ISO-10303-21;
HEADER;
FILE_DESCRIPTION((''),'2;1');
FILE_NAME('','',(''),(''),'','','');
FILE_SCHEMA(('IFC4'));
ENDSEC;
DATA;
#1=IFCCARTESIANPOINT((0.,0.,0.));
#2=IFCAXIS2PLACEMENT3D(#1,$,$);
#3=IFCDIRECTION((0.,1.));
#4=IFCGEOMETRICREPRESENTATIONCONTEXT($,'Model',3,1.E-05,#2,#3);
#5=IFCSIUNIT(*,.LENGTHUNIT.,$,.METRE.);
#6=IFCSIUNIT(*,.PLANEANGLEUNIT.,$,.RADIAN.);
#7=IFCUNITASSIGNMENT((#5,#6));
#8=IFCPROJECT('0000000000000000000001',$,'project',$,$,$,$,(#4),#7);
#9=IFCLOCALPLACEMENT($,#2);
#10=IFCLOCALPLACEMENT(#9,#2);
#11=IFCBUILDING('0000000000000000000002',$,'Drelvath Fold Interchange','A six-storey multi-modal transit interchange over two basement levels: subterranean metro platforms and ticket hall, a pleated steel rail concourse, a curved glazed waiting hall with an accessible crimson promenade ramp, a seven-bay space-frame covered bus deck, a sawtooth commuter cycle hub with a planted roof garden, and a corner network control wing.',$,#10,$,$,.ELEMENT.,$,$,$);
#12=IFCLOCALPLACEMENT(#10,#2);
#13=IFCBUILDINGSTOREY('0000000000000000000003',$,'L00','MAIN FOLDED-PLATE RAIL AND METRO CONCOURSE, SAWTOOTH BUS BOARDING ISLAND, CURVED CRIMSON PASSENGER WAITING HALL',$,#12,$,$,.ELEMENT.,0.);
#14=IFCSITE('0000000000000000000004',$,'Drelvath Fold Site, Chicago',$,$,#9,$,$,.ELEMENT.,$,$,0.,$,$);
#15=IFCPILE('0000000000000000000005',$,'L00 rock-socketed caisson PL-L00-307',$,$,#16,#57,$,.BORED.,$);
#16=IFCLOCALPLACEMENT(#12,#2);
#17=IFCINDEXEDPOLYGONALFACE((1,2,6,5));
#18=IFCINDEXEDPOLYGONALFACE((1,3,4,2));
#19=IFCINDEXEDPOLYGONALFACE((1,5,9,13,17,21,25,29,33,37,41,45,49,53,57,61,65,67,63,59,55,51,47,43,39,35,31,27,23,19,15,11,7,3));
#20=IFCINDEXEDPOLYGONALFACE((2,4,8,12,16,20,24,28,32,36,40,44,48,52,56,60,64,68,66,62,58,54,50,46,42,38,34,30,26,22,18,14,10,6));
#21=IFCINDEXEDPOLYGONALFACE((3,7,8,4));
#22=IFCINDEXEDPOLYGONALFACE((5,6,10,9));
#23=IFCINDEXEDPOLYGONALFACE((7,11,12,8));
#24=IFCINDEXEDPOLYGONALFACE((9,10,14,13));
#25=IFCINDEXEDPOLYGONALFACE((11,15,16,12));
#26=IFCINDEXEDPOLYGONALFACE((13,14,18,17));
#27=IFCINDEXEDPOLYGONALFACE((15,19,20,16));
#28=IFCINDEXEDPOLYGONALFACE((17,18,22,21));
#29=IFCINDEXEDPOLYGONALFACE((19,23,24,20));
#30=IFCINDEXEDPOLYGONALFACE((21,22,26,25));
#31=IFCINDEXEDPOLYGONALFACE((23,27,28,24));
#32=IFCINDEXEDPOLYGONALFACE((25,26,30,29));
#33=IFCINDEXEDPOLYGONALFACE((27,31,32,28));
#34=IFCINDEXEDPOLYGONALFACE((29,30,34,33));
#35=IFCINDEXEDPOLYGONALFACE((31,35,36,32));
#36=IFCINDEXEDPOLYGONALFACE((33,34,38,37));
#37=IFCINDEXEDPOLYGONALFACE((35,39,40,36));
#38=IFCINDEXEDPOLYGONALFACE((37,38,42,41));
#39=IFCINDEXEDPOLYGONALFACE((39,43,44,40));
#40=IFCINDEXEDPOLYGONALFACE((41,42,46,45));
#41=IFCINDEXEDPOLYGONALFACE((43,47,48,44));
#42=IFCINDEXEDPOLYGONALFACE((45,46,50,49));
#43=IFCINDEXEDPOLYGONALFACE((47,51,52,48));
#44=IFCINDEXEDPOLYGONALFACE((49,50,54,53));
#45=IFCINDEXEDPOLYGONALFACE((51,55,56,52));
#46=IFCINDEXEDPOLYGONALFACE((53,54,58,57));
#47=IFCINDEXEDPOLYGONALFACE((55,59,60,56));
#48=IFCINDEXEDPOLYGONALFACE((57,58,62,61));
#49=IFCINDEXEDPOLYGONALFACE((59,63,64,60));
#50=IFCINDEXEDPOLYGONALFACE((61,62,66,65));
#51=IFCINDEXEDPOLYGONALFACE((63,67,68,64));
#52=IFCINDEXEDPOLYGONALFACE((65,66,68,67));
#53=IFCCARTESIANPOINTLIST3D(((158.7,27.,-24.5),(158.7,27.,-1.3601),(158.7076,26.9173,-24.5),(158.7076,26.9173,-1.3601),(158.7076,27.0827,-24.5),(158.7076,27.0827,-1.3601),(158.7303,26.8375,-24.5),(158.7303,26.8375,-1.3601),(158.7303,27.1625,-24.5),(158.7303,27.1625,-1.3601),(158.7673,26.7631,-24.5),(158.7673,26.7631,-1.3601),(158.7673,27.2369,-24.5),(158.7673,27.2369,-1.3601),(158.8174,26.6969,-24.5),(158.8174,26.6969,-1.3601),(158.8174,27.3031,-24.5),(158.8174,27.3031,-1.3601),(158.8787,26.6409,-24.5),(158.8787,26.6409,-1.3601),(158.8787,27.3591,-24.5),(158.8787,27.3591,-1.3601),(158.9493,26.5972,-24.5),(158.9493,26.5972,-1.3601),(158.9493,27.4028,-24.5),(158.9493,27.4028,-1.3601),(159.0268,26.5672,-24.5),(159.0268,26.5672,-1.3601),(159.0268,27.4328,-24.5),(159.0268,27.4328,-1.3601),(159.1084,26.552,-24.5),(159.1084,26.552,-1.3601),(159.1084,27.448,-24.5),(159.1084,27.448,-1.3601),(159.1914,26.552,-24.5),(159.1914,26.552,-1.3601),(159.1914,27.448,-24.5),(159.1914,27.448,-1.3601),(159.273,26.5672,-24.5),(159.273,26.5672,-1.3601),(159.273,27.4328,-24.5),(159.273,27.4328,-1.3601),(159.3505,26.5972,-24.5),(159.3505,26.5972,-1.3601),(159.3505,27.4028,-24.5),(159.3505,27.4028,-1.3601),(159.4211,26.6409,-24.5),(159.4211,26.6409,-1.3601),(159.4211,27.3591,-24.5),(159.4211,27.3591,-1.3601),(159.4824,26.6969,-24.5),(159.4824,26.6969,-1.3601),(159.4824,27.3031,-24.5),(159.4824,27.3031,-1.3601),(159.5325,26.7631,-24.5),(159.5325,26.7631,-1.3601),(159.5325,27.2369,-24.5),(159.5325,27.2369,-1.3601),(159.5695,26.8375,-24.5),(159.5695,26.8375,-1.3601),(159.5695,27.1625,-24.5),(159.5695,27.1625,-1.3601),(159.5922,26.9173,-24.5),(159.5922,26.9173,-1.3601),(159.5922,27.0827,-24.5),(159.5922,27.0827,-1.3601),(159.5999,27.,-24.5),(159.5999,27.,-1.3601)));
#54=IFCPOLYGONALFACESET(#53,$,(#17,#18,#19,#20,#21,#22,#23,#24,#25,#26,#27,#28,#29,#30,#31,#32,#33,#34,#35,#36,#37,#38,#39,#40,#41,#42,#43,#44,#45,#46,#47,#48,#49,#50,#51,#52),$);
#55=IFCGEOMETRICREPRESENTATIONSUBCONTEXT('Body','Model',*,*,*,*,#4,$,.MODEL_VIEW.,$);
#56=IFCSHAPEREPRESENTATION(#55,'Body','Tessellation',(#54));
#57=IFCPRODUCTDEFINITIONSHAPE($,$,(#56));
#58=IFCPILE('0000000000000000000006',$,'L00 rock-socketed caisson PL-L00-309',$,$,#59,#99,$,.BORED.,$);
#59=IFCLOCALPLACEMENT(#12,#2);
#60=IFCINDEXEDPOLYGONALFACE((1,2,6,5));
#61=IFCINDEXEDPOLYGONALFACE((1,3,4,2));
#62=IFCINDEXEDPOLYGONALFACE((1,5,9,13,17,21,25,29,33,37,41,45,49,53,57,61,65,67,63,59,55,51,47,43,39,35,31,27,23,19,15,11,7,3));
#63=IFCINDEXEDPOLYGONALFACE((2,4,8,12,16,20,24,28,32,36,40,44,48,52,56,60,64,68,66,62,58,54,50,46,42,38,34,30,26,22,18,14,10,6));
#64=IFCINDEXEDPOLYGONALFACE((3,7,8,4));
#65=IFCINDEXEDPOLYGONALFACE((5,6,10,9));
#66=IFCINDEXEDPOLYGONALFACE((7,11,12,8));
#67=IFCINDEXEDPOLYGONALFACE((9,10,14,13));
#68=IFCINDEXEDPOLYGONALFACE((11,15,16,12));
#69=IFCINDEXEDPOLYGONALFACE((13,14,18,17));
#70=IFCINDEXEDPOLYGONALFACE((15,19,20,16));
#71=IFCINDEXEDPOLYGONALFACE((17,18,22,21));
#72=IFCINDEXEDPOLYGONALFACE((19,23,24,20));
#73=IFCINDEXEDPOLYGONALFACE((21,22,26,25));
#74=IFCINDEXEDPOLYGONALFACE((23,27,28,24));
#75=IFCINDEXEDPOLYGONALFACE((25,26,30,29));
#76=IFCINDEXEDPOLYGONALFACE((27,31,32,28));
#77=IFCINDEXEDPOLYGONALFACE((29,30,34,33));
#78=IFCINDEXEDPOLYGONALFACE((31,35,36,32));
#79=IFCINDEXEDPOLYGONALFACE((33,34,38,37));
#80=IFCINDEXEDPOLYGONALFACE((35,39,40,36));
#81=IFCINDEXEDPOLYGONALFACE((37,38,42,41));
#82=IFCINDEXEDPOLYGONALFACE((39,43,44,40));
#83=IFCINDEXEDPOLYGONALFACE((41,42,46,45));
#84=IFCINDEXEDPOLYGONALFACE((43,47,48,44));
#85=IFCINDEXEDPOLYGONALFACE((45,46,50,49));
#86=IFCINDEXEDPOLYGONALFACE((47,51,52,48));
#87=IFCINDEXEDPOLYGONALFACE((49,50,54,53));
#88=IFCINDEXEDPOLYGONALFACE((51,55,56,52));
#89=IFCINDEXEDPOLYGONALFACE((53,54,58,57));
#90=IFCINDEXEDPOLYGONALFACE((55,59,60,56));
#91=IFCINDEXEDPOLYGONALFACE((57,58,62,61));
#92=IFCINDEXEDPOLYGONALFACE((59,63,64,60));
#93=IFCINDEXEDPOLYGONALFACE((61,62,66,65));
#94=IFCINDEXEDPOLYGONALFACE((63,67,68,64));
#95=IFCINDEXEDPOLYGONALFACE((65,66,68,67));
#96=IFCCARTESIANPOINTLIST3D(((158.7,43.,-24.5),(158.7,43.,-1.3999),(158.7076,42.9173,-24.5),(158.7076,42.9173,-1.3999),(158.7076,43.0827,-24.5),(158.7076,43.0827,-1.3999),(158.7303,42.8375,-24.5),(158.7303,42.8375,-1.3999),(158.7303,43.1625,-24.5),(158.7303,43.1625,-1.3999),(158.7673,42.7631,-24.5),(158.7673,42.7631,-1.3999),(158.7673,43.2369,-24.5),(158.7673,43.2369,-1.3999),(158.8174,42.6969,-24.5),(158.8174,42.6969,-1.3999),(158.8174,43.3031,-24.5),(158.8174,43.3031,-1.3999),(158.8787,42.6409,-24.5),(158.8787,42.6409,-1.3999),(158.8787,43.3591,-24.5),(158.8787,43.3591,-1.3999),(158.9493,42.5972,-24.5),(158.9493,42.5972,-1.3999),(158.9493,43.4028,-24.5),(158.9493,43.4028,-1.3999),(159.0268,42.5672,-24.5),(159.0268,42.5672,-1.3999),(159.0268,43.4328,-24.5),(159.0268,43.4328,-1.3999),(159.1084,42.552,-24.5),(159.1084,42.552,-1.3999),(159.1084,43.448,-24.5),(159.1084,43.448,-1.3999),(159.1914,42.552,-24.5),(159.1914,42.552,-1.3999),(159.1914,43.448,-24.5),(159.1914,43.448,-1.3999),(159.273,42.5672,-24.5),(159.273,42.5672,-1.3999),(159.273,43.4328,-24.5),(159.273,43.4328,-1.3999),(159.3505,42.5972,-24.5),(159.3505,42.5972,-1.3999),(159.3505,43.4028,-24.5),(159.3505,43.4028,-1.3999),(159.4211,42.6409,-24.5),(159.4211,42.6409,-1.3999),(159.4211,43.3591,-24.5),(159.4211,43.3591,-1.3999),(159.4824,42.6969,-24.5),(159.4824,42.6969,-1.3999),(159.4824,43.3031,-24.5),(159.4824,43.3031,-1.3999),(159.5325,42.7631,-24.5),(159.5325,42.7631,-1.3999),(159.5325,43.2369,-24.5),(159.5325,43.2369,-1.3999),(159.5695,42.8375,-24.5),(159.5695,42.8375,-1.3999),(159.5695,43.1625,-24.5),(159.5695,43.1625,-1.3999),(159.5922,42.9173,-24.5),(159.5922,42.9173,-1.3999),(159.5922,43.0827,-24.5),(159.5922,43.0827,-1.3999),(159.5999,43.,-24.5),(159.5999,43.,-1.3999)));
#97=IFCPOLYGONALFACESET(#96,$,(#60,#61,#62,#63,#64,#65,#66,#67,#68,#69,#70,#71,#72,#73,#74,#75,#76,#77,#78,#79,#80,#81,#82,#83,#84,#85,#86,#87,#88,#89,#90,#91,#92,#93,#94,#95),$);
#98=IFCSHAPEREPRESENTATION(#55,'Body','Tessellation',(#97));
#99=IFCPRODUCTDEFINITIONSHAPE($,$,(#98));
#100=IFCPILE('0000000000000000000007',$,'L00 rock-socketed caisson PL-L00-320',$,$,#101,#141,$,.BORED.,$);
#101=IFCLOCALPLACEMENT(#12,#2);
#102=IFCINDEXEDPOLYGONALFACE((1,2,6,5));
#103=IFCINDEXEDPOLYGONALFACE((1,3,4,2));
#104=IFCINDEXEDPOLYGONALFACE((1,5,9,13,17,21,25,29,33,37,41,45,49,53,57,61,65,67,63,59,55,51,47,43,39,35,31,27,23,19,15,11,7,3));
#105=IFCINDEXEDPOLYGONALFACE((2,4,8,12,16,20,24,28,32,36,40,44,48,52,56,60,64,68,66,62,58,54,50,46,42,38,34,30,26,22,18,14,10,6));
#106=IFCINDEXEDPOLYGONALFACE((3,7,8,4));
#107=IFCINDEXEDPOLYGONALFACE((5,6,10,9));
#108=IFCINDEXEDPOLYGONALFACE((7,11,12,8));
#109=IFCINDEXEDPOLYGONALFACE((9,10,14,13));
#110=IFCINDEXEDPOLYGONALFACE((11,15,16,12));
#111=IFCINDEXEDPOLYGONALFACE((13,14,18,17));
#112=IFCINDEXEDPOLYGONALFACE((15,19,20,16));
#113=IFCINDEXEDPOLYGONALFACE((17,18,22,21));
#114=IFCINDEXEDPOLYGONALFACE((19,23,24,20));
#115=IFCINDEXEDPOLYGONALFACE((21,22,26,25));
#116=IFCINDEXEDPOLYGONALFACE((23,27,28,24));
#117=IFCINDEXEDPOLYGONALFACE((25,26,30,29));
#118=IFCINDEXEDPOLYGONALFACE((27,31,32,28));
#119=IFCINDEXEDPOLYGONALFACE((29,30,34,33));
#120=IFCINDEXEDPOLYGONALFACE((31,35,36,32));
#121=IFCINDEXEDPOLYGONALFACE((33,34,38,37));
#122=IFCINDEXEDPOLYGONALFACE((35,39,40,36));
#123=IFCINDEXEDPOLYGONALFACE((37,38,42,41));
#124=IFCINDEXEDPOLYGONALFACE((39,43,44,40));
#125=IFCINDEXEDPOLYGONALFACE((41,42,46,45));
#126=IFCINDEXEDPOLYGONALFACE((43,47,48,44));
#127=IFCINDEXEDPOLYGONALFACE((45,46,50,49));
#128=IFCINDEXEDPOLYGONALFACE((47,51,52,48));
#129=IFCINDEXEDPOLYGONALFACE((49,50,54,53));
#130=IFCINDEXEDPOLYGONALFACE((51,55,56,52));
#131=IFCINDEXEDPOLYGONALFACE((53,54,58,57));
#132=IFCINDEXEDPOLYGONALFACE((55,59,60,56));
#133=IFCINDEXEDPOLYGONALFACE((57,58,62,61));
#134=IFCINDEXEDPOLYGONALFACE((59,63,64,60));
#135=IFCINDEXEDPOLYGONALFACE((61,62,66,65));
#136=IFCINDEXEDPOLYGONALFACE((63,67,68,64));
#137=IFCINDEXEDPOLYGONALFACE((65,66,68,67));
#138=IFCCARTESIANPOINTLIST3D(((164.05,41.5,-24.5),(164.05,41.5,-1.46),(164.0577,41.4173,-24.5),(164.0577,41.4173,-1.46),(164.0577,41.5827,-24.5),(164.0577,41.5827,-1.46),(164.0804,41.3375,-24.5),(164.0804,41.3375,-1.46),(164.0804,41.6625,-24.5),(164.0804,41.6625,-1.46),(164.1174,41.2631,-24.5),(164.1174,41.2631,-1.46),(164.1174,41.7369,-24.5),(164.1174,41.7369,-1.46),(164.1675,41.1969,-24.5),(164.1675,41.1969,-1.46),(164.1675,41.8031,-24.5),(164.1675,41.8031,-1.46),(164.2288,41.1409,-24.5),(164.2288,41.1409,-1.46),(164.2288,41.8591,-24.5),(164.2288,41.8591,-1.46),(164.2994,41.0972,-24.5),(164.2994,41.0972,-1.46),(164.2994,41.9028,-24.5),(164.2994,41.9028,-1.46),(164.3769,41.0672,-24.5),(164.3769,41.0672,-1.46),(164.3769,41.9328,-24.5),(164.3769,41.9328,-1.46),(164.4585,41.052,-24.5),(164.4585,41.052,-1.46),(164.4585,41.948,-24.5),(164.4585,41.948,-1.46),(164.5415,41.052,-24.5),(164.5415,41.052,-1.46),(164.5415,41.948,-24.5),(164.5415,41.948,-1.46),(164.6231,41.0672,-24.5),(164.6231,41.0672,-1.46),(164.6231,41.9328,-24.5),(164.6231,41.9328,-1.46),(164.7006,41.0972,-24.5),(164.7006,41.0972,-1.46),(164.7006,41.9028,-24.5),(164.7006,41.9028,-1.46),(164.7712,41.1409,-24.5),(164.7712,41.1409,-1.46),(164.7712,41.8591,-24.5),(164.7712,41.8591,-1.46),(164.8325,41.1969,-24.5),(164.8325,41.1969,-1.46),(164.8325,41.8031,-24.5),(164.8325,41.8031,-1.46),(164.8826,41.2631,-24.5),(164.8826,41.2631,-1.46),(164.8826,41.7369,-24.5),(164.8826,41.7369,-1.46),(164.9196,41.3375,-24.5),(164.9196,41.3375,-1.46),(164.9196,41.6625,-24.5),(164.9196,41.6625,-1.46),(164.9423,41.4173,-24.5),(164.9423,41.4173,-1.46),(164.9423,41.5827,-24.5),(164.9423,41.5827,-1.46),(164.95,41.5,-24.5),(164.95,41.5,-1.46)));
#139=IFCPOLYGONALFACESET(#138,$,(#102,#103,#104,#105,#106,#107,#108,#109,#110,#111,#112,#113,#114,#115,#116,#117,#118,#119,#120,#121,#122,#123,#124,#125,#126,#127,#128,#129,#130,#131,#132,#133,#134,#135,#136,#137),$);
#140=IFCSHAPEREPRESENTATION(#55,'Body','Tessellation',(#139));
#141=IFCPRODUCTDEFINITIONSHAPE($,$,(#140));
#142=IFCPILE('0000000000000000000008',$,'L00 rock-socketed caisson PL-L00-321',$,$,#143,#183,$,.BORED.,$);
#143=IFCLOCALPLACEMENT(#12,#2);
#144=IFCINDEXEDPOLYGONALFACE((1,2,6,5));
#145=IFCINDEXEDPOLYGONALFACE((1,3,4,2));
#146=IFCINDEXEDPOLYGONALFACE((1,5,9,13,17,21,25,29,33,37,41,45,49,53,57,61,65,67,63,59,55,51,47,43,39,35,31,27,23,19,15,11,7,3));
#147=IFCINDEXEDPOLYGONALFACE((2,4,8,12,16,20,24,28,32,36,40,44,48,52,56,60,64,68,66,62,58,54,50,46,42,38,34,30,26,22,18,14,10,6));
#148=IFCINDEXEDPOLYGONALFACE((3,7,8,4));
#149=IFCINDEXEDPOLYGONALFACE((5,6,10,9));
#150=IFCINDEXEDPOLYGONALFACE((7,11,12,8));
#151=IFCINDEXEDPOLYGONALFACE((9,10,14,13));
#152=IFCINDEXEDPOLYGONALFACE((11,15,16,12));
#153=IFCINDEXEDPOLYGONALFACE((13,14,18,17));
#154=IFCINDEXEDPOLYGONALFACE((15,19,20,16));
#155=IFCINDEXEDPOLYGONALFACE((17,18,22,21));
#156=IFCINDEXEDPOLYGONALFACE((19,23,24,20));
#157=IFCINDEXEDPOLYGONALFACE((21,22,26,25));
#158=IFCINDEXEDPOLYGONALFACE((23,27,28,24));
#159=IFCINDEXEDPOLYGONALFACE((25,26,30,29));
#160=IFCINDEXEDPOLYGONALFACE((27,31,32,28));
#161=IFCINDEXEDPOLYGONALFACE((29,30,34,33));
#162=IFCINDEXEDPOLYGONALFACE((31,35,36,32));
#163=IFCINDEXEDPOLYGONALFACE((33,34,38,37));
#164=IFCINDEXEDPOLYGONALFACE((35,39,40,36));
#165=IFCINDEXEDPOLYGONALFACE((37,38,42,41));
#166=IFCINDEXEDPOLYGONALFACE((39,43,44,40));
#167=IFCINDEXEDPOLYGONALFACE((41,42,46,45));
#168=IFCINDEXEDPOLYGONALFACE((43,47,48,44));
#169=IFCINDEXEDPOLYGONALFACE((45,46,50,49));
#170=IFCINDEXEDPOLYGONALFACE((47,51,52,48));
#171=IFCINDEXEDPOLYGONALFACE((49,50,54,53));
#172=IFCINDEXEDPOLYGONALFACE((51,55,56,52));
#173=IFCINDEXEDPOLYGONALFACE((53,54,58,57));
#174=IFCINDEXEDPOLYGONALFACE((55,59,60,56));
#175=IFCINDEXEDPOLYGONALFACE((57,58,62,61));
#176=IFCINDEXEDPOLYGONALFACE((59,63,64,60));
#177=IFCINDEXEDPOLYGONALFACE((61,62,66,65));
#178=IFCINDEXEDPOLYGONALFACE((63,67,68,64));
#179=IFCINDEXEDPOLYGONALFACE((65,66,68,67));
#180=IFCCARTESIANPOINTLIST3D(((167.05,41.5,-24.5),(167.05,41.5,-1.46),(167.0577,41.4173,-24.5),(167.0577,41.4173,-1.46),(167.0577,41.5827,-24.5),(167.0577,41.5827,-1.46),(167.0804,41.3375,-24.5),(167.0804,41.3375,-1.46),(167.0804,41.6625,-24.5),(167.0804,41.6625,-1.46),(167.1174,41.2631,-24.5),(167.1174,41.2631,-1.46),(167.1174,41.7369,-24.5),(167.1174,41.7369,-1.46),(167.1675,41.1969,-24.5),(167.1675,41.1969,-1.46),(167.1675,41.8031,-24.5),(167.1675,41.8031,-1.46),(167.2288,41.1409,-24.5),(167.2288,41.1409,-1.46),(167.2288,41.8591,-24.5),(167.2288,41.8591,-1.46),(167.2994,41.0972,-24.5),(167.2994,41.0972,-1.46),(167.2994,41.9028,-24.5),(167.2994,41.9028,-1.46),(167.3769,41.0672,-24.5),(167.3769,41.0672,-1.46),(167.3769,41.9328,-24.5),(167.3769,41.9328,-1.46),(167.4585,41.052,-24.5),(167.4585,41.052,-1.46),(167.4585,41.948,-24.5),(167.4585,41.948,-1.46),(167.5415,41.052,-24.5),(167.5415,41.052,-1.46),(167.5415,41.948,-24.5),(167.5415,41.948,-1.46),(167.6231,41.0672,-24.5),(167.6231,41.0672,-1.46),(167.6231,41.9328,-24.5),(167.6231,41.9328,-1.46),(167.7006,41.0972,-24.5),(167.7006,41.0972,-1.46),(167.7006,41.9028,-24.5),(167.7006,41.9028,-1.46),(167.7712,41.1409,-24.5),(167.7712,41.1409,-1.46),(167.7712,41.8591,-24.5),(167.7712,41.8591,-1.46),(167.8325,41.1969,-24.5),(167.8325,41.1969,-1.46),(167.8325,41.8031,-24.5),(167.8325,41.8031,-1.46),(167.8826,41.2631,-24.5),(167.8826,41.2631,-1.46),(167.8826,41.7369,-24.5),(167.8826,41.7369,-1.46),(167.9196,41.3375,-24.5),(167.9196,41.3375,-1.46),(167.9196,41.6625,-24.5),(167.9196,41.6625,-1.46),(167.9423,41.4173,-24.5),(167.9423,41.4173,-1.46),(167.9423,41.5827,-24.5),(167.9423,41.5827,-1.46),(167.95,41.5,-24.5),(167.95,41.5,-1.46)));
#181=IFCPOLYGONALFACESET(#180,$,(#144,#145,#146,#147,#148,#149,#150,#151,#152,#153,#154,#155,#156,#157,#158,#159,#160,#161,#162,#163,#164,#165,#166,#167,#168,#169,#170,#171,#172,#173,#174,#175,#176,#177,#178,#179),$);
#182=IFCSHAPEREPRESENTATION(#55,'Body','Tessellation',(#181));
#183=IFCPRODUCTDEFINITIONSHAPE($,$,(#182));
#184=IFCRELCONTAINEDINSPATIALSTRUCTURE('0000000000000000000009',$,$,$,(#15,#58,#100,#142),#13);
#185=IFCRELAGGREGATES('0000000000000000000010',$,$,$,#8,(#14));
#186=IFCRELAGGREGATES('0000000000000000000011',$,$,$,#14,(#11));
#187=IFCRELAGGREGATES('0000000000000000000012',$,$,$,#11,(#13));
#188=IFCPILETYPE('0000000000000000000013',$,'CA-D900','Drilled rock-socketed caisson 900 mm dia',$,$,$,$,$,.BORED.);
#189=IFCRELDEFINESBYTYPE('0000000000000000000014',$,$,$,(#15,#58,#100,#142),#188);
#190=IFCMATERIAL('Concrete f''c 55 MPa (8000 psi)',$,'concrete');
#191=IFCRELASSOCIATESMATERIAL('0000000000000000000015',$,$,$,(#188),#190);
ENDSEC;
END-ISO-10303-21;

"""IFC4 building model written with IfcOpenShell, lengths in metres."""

from ifc_helpers import new_model, si_unit, direction, frame, origin, origin_2d, place, context, subcontext, project, spatial, circle, extrude, material, material_profile, profile_set, type_object, element, save


model = new_model("IFC4")

# Units and contexts
model_context = context("Model", 3, precision=1e-05, world=origin(), true_north=direction((0.0, 1.0)))
body_context = subcontext(model_context, "Body", "Model", "MODEL_VIEW")
ifc_project = project(units=[si_unit("LENGTHUNIT", "METRE"), si_unit("PLANEANGLEUNIT", "RADIAN")], contexts=[model_context])

# Site, building, storey
site_placement = place(None, origin())
site = spatial("IfcSite", under=ifc_project, at=site_placement, Name="Drelvath Fold Site, Chicago", CompositionType="ELEMENT", RefElevation=0.0)
building_placement = place(site_placement, origin())
building = spatial("IfcBuilding", under=site, at=building_placement, Name="Drelvath Fold Interchange", Description="A six-storey multi-modal transit interchange over two basement levels: subterranean metro platforms and ticket hall, a pleated steel rail concourse, a curved glazed waiting hall with an accessible crimson promenade ramp, a seven-bay space-frame covered bus deck, a sawtooth commuter cycle hub with a planted roof garden, and a corner network control wing.", CompositionType="ELEMENT")
storey_placement = place(building_placement, origin())
storey = spatial("IfcBuildingStorey", under=building, at=storey_placement, Name="L00", Description="MAIN FOLDED-PLATE RAIL AND METRO CONCOURSE, SAWTOOTH BUS BOARDING ISLAND, CURVED CRIMSON PASSENGER WAITING HALL", CompositionType="ELEMENT", Elevation=0.0)

# Piles
ifc_material_1 = material(Name="Concrete f'c 55 MPa (8000 psi)", Category="concrete")
ifc_material_profile_1 = material_profile(ifc_material_1, circle(Radius=0.45, at=origin_2d()), Name="CAISSON D900")
ifc_profile_set_1 = profile_set([ifc_material_profile_1], Name="Concrete f'c 55 MPa (8000 psi)")
pile_type_1 = type_object("IfcPileType", Name="CA-D900", Description="Drilled rock-socketed caisson 900 mm dia", PredefinedType="BORED", material=ifc_profile_set_1)
pile_1_placement = place(storey_placement, frame((159.1499, 27.0, -1.3601), z_axis=(0.0, 0.0, -1.0), x_axis=(1.0, 0.0, 0.0)))
element("IfcPile", 1, at=pile_1_placement, inside=storey, type_object=pile_type_1, Name="L00 rock-socketed caisson PL-L00-307", PredefinedType="BORED", context=body_context, shape_type="SweptSolid", body=[
    extrude(circle(Radius=0.45, at=origin_2d()), origin(), (0.0, 0.0, 1.0), 23.1399),
])
pile_2_placement = place(storey_placement, frame((159.1499, 43.0, -1.3999), z_axis=(0.0, 0.0, -1.0), x_axis=(1.0, 0.0, 0.0)))
element("IfcPile", 2, at=pile_2_placement, inside=storey, type_object=pile_type_1, Name="L00 rock-socketed caisson PL-L00-309", PredefinedType="BORED", context=body_context, shape_type="SweptSolid", body=[
    extrude(circle(Radius=0.45, at=origin_2d()), origin(), (0.0, 0.0, 1.0), 23.1001),
])
for number, where, z_axis, x_axis, name in (
    (3, (164.5, 41.5, -1.46), (0.0, 0.0, -1.0), (1.0, 0.0, 0.0), "L00 rock-socketed caisson PL-L00-320"),
    (4, (167.5, 41.5, -1.46), (0.0, 0.0, -1.0), (1.0, 0.0, 0.0), "L00 rock-socketed caisson PL-L00-321"),
):
    element("IfcPile", number, at=place(storey_placement, frame(where, z_axis=z_axis, x_axis=x_axis)), inside=storey, type_object=pile_type_1, Name=name, PredefinedType="BORED", context=body_context, shape_type="SweptSolid", body=[
        extrude(circle(Radius=0.45, at=origin_2d()), origin(), (0.0, 0.0, 1.0), 23.04),
    ])

save(model, "model.ifc")
